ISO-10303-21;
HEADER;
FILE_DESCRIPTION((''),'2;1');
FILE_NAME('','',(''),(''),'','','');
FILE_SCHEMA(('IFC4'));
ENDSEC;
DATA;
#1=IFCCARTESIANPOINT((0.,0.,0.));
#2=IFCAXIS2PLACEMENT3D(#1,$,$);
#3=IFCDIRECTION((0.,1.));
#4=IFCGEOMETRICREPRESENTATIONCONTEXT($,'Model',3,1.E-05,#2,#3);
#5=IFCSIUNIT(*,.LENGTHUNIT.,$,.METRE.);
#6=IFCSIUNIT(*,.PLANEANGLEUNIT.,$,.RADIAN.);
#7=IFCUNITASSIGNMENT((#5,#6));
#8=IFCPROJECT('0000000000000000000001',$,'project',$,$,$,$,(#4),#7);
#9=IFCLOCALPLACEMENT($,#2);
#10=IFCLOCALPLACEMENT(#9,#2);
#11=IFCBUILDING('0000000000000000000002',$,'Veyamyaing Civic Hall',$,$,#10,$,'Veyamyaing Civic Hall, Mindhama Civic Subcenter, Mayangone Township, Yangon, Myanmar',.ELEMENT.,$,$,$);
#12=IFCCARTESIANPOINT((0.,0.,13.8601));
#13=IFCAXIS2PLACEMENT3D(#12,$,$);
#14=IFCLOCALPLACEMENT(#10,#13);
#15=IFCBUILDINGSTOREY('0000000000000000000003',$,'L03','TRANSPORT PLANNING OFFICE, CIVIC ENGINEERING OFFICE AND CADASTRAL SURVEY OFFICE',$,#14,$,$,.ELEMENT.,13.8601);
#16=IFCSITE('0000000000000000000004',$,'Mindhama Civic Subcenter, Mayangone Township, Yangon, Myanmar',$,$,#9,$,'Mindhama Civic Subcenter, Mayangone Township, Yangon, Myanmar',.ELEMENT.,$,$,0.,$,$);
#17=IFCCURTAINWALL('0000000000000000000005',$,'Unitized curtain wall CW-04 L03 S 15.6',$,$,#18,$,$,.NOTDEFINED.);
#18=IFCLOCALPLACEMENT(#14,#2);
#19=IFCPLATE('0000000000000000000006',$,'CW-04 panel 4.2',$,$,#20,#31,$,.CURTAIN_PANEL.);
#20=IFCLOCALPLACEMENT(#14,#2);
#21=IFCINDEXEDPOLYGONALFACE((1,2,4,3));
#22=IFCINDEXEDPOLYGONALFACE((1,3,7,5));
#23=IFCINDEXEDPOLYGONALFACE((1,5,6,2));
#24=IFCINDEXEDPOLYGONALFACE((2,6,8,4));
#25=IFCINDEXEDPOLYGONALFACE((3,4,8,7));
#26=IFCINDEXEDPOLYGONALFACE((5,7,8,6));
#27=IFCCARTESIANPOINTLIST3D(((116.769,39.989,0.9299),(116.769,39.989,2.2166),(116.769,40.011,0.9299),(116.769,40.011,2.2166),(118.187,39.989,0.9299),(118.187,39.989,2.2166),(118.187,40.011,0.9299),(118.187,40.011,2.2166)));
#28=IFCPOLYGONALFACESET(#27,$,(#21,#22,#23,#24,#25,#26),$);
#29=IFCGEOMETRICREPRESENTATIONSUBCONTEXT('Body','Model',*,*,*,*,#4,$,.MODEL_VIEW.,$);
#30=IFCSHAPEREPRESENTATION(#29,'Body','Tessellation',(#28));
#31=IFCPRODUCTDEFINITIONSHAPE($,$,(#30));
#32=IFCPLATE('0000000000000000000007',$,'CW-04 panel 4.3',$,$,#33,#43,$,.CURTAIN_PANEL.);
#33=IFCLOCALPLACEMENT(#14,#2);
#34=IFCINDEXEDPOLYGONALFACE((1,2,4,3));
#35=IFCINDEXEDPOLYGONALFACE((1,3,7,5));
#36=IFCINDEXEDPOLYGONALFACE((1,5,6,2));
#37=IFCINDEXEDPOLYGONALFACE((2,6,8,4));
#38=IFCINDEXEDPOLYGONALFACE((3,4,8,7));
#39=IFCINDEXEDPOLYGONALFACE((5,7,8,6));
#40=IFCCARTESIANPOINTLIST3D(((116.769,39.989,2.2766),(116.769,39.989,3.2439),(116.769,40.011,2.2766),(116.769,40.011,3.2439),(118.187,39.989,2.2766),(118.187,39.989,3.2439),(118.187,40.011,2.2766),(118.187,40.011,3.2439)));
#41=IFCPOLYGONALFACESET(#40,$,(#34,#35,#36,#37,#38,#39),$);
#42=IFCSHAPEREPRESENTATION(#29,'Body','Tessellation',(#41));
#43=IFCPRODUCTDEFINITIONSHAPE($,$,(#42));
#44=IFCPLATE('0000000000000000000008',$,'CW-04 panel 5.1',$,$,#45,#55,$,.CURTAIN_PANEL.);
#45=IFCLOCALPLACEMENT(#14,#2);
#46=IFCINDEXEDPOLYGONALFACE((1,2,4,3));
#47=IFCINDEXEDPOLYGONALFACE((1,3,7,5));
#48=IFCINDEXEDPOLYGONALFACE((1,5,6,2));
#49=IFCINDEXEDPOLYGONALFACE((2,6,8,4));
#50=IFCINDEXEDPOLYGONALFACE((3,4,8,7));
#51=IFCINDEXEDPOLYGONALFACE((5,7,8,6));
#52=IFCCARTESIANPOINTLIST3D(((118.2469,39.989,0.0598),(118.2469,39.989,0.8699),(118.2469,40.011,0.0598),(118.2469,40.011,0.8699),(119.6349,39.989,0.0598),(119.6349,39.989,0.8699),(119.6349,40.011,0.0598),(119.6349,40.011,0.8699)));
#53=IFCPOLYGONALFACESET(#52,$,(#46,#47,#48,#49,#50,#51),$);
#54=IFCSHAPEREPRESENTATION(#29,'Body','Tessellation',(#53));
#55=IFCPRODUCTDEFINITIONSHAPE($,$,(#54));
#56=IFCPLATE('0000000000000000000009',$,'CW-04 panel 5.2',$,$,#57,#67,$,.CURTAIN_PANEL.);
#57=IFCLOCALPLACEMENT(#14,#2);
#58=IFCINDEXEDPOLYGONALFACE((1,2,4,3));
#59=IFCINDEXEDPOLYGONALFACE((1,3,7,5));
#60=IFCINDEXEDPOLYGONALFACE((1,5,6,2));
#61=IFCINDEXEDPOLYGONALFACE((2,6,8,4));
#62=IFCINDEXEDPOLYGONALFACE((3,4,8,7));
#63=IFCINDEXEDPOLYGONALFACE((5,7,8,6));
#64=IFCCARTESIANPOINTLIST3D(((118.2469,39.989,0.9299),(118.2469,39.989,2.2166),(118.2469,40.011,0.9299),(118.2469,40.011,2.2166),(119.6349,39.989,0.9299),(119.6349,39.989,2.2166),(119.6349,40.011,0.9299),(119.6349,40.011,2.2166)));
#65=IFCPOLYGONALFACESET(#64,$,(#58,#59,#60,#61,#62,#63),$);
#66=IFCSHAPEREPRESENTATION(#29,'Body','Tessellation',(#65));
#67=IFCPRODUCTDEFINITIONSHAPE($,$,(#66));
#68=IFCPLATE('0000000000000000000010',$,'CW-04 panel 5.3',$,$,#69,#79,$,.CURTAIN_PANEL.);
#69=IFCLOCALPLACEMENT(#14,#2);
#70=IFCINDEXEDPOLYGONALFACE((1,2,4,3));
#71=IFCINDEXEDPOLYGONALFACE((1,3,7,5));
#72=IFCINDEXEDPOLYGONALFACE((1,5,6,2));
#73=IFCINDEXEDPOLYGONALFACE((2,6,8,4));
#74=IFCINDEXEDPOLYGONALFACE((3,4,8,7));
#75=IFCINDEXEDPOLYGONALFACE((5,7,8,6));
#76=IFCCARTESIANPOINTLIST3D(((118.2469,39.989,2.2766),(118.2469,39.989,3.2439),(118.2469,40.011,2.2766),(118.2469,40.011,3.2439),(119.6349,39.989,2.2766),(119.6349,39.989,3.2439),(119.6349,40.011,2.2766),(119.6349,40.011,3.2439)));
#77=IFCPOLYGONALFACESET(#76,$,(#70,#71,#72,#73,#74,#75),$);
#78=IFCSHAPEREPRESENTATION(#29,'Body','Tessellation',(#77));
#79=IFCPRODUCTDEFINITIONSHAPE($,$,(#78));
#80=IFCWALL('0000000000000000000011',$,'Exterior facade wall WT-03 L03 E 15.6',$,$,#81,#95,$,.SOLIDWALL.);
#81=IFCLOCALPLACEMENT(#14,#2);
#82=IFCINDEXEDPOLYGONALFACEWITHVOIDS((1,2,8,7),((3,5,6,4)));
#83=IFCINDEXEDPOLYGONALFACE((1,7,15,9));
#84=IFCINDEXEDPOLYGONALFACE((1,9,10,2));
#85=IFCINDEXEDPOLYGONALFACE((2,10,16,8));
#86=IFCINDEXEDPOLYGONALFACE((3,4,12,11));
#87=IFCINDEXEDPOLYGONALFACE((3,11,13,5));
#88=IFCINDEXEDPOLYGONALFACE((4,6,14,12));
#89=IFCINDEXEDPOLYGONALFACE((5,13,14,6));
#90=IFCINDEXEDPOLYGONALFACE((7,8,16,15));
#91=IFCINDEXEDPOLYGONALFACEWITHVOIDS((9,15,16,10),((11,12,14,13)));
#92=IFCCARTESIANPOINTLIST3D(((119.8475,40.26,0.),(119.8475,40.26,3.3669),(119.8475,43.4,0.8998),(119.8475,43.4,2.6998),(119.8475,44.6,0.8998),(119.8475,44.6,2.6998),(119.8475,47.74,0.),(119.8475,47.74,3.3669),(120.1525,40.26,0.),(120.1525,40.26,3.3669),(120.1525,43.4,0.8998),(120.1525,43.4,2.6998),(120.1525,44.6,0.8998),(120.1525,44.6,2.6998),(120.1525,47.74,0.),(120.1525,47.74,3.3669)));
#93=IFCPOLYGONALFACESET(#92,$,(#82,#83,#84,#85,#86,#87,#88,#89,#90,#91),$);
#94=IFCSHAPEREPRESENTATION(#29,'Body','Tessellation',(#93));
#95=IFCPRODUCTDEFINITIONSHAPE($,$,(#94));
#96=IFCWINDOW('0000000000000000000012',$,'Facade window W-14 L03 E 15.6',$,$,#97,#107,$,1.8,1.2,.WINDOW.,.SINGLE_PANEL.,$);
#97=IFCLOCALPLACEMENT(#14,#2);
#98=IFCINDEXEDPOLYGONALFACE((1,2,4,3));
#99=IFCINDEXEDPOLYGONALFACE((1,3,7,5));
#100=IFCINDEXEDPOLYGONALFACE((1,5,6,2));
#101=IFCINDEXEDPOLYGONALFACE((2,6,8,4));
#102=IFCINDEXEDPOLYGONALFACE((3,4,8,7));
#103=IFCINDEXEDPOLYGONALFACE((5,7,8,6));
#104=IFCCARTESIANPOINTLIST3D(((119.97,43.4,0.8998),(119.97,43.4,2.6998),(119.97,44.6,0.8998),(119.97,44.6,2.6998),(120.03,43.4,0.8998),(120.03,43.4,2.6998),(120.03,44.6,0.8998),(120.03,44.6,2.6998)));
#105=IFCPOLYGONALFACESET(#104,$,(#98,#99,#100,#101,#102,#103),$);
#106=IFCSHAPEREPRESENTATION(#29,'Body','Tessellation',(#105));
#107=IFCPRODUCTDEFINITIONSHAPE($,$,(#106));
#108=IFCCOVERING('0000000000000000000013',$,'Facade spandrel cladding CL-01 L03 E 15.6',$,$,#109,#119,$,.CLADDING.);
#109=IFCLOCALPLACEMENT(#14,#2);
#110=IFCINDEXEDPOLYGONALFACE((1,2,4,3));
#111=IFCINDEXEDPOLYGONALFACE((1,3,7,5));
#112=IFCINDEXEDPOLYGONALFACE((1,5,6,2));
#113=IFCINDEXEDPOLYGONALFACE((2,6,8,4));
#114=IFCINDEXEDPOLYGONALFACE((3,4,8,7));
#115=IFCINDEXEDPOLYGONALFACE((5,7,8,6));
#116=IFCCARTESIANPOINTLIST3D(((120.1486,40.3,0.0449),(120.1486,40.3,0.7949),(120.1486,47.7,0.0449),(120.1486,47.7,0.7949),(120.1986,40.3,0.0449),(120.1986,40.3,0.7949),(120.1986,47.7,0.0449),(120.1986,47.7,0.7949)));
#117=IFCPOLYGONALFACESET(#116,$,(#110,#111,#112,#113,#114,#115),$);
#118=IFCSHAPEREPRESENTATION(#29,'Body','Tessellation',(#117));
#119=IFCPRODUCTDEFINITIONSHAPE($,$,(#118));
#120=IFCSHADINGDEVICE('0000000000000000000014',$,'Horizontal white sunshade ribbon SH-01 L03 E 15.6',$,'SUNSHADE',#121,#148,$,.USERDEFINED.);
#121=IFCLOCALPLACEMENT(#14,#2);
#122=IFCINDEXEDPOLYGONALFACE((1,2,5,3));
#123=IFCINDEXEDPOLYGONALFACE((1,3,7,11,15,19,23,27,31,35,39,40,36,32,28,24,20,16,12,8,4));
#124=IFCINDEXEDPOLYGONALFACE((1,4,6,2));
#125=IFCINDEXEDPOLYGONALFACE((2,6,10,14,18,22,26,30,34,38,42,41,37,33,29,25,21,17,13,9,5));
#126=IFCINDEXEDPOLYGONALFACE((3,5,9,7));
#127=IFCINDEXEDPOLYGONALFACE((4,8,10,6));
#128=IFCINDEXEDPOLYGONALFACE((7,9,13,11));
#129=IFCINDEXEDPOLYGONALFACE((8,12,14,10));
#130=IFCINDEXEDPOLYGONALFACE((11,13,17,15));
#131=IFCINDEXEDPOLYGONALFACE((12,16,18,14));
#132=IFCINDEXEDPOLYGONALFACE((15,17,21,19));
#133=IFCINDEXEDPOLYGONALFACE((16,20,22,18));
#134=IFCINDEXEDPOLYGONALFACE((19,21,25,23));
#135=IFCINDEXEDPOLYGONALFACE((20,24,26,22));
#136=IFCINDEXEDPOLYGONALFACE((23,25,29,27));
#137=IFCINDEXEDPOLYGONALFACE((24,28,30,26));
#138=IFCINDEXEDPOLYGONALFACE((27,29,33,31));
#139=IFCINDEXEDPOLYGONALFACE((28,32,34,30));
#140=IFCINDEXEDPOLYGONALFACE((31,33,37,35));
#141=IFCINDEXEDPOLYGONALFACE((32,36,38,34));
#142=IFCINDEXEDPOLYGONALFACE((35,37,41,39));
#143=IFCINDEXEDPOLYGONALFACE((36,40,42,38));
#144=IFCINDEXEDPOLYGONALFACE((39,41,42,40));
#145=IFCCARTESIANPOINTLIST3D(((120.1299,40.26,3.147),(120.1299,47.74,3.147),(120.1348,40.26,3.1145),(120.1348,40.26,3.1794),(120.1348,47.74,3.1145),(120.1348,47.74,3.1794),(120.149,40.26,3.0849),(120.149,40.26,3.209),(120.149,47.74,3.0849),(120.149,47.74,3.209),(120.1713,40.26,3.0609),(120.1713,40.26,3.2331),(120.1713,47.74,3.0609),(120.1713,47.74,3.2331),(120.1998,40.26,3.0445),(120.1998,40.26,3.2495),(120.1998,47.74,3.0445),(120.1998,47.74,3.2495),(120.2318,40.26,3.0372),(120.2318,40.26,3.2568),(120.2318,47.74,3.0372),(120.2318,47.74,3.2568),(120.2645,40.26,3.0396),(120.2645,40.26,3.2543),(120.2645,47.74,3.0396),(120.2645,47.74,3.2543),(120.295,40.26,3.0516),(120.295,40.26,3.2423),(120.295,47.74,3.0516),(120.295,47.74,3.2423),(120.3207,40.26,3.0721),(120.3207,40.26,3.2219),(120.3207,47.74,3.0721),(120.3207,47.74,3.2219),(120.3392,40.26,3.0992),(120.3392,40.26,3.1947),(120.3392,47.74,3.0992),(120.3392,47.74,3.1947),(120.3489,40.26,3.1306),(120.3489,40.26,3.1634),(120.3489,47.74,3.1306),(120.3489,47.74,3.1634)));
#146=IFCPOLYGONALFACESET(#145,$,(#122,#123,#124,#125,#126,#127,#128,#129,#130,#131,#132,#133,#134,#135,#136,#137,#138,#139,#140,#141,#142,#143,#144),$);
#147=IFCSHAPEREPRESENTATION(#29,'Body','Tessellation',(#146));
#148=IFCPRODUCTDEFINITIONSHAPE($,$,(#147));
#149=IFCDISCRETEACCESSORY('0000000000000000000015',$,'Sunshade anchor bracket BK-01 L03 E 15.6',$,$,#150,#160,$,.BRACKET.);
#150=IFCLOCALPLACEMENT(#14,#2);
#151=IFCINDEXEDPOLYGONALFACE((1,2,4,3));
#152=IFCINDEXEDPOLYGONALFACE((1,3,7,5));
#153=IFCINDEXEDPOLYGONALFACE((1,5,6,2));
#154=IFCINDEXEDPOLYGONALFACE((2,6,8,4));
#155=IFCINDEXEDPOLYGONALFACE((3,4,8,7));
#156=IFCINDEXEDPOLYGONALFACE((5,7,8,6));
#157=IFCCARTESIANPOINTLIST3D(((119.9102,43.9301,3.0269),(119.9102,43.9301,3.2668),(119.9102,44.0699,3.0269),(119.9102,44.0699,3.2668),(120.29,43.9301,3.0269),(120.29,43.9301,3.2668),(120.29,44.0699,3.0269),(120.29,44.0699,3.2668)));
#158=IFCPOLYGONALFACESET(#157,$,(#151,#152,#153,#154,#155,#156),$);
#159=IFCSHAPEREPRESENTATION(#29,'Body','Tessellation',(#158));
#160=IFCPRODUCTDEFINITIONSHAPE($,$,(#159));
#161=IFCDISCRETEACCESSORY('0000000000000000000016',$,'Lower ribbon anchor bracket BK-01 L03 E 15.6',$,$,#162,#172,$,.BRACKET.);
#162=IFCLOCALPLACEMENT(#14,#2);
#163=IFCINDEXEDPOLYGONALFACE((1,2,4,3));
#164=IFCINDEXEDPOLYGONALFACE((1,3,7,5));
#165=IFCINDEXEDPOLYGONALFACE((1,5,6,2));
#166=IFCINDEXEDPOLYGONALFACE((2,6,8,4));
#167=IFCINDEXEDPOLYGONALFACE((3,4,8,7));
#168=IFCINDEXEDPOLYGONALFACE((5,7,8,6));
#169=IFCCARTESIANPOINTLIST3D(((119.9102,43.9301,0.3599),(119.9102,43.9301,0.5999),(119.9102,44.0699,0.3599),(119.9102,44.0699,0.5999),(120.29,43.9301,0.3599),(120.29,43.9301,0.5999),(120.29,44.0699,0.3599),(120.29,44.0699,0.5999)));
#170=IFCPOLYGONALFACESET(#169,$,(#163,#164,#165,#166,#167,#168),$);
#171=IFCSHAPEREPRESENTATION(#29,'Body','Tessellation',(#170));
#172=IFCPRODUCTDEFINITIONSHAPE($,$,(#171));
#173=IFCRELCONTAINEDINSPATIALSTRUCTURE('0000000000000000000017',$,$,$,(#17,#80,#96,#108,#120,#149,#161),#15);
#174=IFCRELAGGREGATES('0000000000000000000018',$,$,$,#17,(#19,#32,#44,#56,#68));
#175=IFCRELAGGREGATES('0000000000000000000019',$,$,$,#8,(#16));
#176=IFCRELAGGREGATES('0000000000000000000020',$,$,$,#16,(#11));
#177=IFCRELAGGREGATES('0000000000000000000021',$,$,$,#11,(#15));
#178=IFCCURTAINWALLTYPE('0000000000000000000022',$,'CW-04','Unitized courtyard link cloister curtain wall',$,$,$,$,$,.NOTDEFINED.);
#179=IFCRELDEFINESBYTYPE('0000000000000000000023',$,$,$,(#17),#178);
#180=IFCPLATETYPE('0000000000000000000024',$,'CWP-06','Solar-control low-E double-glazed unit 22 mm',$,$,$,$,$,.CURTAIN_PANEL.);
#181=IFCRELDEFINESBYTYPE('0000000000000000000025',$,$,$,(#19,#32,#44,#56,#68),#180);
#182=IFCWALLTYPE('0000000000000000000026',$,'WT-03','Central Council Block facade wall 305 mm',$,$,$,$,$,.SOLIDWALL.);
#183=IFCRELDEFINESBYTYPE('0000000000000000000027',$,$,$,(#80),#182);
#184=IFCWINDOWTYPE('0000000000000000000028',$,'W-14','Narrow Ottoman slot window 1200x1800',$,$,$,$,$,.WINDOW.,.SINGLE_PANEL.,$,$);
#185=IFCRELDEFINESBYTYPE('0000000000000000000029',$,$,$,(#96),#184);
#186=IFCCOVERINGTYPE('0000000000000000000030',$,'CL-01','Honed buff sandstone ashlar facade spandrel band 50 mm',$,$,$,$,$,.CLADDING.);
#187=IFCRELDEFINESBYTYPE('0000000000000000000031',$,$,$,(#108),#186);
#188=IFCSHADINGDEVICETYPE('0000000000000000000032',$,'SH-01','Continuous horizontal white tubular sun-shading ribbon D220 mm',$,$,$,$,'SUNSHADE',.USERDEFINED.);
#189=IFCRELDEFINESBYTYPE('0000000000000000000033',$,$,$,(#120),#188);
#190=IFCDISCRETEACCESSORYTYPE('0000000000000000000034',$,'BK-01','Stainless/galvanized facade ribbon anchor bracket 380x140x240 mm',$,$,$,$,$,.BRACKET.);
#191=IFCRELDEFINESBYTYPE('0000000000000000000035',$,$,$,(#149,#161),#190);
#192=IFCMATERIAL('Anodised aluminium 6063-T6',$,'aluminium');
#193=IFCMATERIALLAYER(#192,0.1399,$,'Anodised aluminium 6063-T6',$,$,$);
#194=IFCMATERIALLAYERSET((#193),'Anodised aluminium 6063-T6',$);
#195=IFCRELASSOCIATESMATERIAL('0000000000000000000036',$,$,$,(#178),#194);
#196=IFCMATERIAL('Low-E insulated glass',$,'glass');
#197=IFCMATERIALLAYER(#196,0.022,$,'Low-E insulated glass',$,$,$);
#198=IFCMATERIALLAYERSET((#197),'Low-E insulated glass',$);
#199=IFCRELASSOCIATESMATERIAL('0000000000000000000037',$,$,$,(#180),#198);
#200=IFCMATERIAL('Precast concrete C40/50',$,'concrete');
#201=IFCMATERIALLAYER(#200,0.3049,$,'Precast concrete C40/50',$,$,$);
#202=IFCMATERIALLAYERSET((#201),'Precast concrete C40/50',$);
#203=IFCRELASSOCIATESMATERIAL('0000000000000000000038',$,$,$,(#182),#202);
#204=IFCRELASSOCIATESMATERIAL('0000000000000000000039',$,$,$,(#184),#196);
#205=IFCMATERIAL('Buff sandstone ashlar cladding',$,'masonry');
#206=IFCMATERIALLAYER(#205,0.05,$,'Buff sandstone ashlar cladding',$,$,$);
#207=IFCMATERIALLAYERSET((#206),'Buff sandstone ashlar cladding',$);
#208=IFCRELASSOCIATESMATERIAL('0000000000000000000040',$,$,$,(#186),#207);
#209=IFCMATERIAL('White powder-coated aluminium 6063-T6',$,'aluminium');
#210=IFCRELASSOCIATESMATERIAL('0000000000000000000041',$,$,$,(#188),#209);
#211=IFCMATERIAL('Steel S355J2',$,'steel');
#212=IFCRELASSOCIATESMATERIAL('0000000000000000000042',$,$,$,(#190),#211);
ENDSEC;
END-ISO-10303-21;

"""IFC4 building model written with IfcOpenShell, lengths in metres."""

from ifc_helpers import new_model, si_unit, direction, frame, frame_2d, origin, origin_2d, place, context, subcontext, project, spatial, rectangle, circle, extrude, material, layer, layer_set, material_profile, profile_set, type_object, element, fill, aggregate, save


model = new_model("IFC4")

# Units and contexts
model_context = context("Model", 3, precision=1e-05, world=origin(), true_north=direction((0.0, 1.0)))
body_context = subcontext(model_context, "Body", "Model", "MODEL_VIEW")
ifc_project = project(units=[si_unit("LENGTHUNIT", "METRE"), si_unit("PLANEANGLEUNIT", "RADIAN")], contexts=[model_context])

# Site, building, storey
site_placement = place(None, origin())
site = spatial("IfcSite", under=ifc_project, at=site_placement, Name="Mindhama Civic Subcenter, Mayangone Township, Yangon, Myanmar", LongName="Mindhama Civic Subcenter, Mayangone Township, Yangon, Myanmar", CompositionType="ELEMENT", RefElevation=0.0)
building_placement = place(site_placement, origin())
building = spatial("IfcBuilding", under=site, at=building_placement, Name="Veyamyaing Civic Hall", LongName="Veyamyaing Civic Hall, Mindhama Civic Subcenter, Mayangone Township, Yangon, Myanmar", CompositionType="ELEMENT")
storey_placement = place(building_placement, frame((0.0, 0.0, 13.8601)))
storey = spatial("IfcBuildingStorey", under=building, at=storey_placement, Name="L03", Description="TRANSPORT PLANNING OFFICE, CIVIC ENGINEERING OFFICE AND CADASTRAL SURVEY OFFICE", CompositionType="ELEMENT", Elevation=13.8601)

# Curtain wall, plates
ifc_material_1 = material(Name="Anodised aluminium 6063-T6", Category="aluminium")
ifc_layer_1 = layer(ifc_material_1, 0.1399, Name="Anodised aluminium 6063-T6")
ifc_layer_set_1 = layer_set([ifc_layer_1], Name="Anodised aluminium 6063-T6")
curtain_wall_type = type_object("IfcCurtainWallType", Name="CW-04", Description="Unitized courtyard link cloister curtain wall", PredefinedType="NOTDEFINED", material=ifc_layer_set_1)
curtain_wall_placement = place(storey_placement, origin())
curtain_wall = element("IfcCurtainWall", 1, at=curtain_wall_placement, inside=storey, type_object=curtain_wall_type, Name="Unitized curtain wall CW-04 L03 S 15.6", PredefinedType="NOTDEFINED")
ifc_material_2 = material(Name="Low-E insulated glass", Category="glass")
ifc_layer_2 = layer(ifc_material_2, 0.022, Name="Low-E insulated glass")
ifc_layer_set_2 = layer_set([ifc_layer_2], Name="Low-E insulated glass")
plate_type = type_object("IfcPlateType", Name="CWP-06", Description="Solar-control low-E double-glazed unit 22 mm", PredefinedType="CURTAIN_PANEL", material=ifc_layer_set_2)
plate_1_placement = place(storey_placement, frame((117.478, 40.0, 0.9299), z_axis=(0.0, 0.0, 1.0), x_axis=(1.0, 0.0, 0.0)))
plate_1 = element("IfcPlate", 2, at=plate_1_placement, type_object=plate_type, Name="CW-04 panel 4.2", PredefinedType="CURTAIN_PANEL", context=body_context, shape_type="SweptSolid", body=[
    extrude(rectangle(XDim=1.418, YDim=0.022, at=origin_2d()), origin(), (0.0, 0.0, 1.0), 1.2866),
])
plate_2_placement = place(storey_placement, frame((117.478, 40.0, 2.2766), z_axis=(0.0, 0.0, 1.0), x_axis=(1.0, 0.0, 0.0)))
plate_2 = element("IfcPlate", 3, at=plate_2_placement, type_object=plate_type, Name="CW-04 panel 4.3", PredefinedType="CURTAIN_PANEL", context=body_context, shape_type="SweptSolid", body=[
    extrude(rectangle(XDim=1.418, YDim=0.022, at=origin_2d()), origin(), (0.0, 0.0, 1.0), 0.9673),
])
plate_3_placement = place(storey_placement, frame((118.9409, 40.0, 0.0598), z_axis=(0.0, 0.0, 1.0), x_axis=(1.0, 0.0, 0.0)))
plate_3 = element("IfcPlate", 4, at=plate_3_placement, type_object=plate_type, Name="CW-04 panel 5.1", PredefinedType="CURTAIN_PANEL", context=body_context, shape_type="SweptSolid", body=[
    extrude(rectangle(XDim=1.3879, YDim=0.022, at=origin_2d()), origin(), (0.0, 0.0, 1.0), 0.8101),
])
plate_4_placement = place(storey_placement, frame((118.9409, 40.0, 0.9299), z_axis=(0.0, 0.0, 1.0), x_axis=(1.0, 0.0, 0.0)))
plate_4 = element("IfcPlate", 5, at=plate_4_placement, type_object=plate_type, Name="CW-04 panel 5.2", PredefinedType="CURTAIN_PANEL", context=body_context, shape_type="SweptSolid", body=[
    extrude(rectangle(XDim=1.3879, YDim=0.022, at=origin_2d()), origin(), (0.0, 0.0, 1.0), 1.2866),
])
plate_5_placement = place(storey_placement, frame((118.9409, 40.0, 2.2766), z_axis=(0.0, 0.0, 1.0), x_axis=(1.0, 0.0, 0.0)))
plate_5 = element("IfcPlate", 6, at=plate_5_placement, type_object=plate_type, Name="CW-04 panel 5.3", PredefinedType="CURTAIN_PANEL", context=body_context, shape_type="SweptSolid", body=[
    extrude(rectangle(XDim=1.3879, YDim=0.022, at=origin_2d()), origin(), (0.0, 0.0, 1.0), 0.9673),
])
aggregate(curtain_wall, [plate_1, plate_2, plate_3, plate_4, plate_5])

# Wall, opening, window
ifc_material_3 = material(Name="Precast concrete C40/50", Category="concrete")
ifc_layer_3 = layer(ifc_material_3, 0.3049, Name="Precast concrete C40/50")
ifc_layer_set_3 = layer_set([ifc_layer_3], Name="Precast concrete C40/50")
wall_type = type_object("IfcWallType", Name="WT-03", Description="Central Council Block facade wall 305 mm", PredefinedType="SOLIDWALL", material=ifc_layer_set_3)
wall_placement = place(storey_placement, frame((120.0, 40.26, 0.0), z_axis=(0.0, 0.0, 1.0), x_axis=(0.0, 1.0, 0.0)))
wall = element("IfcWall", 7, at=wall_placement, inside=storey, type_object=wall_type, Name="Exterior facade wall WT-03 L03 E 15.6", PredefinedType="SOLIDWALL", context=body_context, shape_type="SweptSolid", body=[
    extrude(rectangle(XDim=7.48, YDim=0.3049, at=frame_2d((3.74, 0.0))), origin(), (0.0, 0.0, 1.0), 3.3669),
])
opening_placement = place(wall_placement, frame((3.1399, 0.0, 0.8999)))
opening = element("IfcOpeningElement", 8, at=opening_placement, cuts=wall, PredefinedType="OPENING", context=body_context, shape_type="SweptSolid", body=[
    extrude(rectangle(XDim=1.2, YDim=1.8, at=frame_2d((0.6001, 0.8999))), frame((0.0, 0.1624, 0.0), z_axis=(0.0, -1.0, 0.0), x_axis=(1.0, 0.0, 0.0)), (0.0, 0.0, 1.0), 0.325),
])
window_type = type_object("IfcWindowType", Name="W-14", Description="Narrow Ottoman slot window 1200x1800", PartitioningType="SINGLE_PANEL", PredefinedType="WINDOW", material=ifc_material_2)
window_placement = place(opening_placement, origin())
window = element("IfcWindow", 9, at=window_placement, inside=storey, type_object=window_type, Name="Facade window W-14 L03 E 15.6", OverallHeight=1.8, OverallWidth=1.2, PartitioningType="SINGLE_PANEL", PredefinedType="WINDOW", context=body_context, shape_type="SweptSolid", body=[
    extrude(rectangle(XDim=1.2, YDim=1.8, at=frame_2d((0.6001, 0.8999))), frame((0.0, 0.03, 0.0), z_axis=(0.0, -1.0, 0.0), x_axis=(1.0, 0.0, 0.0)), (0.0, 0.0, 1.0), 0.0601),
])
fill(opening, window)

# Covering
ifc_material_4 = material(Name="Buff sandstone ashlar cladding", Category="masonry")
ifc_layer_4 = layer(ifc_material_4, 0.05, Name="Buff sandstone ashlar cladding")
ifc_layer_set_4 = layer_set([ifc_layer_4], Name="Buff sandstone ashlar cladding")
covering_type = type_object("IfcCoveringType", Name="CL-01", Description="Honed buff sandstone ashlar facade spandrel band 50 mm", PredefinedType="CLADDING", material=ifc_layer_set_4)
covering_placement = place(storey_placement, frame((120.1736, 44.0, 0.0449), z_axis=(0.0, 0.0, 1.0), x_axis=(0.0, 1.0, 0.0)))
element("IfcCovering", 10, at=covering_placement, inside=storey, type_object=covering_type, Name="Facade spandrel cladding CL-01 L03 E 15.6", PredefinedType="CLADDING", context=body_context, shape_type="SweptSolid", body=[
    extrude(rectangle(XDim=7.3999, YDim=0.05, at=origin_2d()), origin(), (0.0, 0.0, 1.0), 0.75),
])

# Shading device
ifc_material_5 = material(Name="White powder-coated aluminium 6063-T6", Category="aluminium")
ifc_material_profile_1 = material_profile(ifc_material_5, circle(Radius=0.1101, at=origin_2d()), Name="SHADE-TUBE-220")
ifc_profile_set_1 = profile_set([ifc_material_profile_1], Name="White powder-coated aluminium 6063-T6")
shading_device_type = type_object("IfcShadingDeviceType", Name="SH-01", Description="Continuous horizontal white tubular sun-shading ribbon D220 mm", ElementType="SUNSHADE", PredefinedType="USERDEFINED", material=ifc_profile_set_1)
shading_device_placement = place(storey_placement, frame((120.24, 40.26, 3.147), z_axis=(0.0, 1.0, 0.0), x_axis=(-1.0, 0.0, 0.0)))
element("IfcShadingDevice", 11, at=shading_device_placement, inside=storey, type_object=shading_device_type, Name="Horizontal white sunshade ribbon SH-01 L03 E 15.6", ObjectType="SUNSHADE", PredefinedType="USERDEFINED", context=body_context, shape_type="SweptSolid", body=[
    extrude(circle(Radius=0.1101, at=origin_2d()), origin(), (0.0, 0.0, 1.0), 7.48),
])

# Discrete accessories
ifc_material_6 = material(Name="Steel S355J2", Category="steel")
discrete_accessory_type = type_object("IfcDiscreteAccessoryType", Name="BK-01", Description="Stainless/galvanized facade ribbon anchor bracket 380x140x240 mm", PredefinedType="BRACKET", material=ifc_material_6)
for number, where, z_axis, x_axis, name in (
    (12, (120.1001, 44.0, 3.0269), (0.0, 0.0, 1.0), (1.0, 0.0, 0.0), "Sunshade anchor bracket BK-01 L03 E 15.6"),
    (13, (120.1001, 44.0, 0.3599), (0.0, 0.0, 1.0), (1.0, 0.0, 0.0), "Lower ribbon anchor bracket BK-01 L03 E 15.6"),
):
    element("IfcDiscreteAccessory", number, at=place(storey_placement, frame(where, z_axis=z_axis, x_axis=x_axis)), inside=storey, type_object=discrete_accessory_type, Name=name, PredefinedType="BRACKET", context=body_context, shape_type="SweptSolid", body=[
        extrude(rectangle(XDim=0.3799, YDim=0.1399, at=origin_2d()), origin(), (0.0, 0.0, 1.0), 0.24),
    ])

save(model, "model.ifc")
